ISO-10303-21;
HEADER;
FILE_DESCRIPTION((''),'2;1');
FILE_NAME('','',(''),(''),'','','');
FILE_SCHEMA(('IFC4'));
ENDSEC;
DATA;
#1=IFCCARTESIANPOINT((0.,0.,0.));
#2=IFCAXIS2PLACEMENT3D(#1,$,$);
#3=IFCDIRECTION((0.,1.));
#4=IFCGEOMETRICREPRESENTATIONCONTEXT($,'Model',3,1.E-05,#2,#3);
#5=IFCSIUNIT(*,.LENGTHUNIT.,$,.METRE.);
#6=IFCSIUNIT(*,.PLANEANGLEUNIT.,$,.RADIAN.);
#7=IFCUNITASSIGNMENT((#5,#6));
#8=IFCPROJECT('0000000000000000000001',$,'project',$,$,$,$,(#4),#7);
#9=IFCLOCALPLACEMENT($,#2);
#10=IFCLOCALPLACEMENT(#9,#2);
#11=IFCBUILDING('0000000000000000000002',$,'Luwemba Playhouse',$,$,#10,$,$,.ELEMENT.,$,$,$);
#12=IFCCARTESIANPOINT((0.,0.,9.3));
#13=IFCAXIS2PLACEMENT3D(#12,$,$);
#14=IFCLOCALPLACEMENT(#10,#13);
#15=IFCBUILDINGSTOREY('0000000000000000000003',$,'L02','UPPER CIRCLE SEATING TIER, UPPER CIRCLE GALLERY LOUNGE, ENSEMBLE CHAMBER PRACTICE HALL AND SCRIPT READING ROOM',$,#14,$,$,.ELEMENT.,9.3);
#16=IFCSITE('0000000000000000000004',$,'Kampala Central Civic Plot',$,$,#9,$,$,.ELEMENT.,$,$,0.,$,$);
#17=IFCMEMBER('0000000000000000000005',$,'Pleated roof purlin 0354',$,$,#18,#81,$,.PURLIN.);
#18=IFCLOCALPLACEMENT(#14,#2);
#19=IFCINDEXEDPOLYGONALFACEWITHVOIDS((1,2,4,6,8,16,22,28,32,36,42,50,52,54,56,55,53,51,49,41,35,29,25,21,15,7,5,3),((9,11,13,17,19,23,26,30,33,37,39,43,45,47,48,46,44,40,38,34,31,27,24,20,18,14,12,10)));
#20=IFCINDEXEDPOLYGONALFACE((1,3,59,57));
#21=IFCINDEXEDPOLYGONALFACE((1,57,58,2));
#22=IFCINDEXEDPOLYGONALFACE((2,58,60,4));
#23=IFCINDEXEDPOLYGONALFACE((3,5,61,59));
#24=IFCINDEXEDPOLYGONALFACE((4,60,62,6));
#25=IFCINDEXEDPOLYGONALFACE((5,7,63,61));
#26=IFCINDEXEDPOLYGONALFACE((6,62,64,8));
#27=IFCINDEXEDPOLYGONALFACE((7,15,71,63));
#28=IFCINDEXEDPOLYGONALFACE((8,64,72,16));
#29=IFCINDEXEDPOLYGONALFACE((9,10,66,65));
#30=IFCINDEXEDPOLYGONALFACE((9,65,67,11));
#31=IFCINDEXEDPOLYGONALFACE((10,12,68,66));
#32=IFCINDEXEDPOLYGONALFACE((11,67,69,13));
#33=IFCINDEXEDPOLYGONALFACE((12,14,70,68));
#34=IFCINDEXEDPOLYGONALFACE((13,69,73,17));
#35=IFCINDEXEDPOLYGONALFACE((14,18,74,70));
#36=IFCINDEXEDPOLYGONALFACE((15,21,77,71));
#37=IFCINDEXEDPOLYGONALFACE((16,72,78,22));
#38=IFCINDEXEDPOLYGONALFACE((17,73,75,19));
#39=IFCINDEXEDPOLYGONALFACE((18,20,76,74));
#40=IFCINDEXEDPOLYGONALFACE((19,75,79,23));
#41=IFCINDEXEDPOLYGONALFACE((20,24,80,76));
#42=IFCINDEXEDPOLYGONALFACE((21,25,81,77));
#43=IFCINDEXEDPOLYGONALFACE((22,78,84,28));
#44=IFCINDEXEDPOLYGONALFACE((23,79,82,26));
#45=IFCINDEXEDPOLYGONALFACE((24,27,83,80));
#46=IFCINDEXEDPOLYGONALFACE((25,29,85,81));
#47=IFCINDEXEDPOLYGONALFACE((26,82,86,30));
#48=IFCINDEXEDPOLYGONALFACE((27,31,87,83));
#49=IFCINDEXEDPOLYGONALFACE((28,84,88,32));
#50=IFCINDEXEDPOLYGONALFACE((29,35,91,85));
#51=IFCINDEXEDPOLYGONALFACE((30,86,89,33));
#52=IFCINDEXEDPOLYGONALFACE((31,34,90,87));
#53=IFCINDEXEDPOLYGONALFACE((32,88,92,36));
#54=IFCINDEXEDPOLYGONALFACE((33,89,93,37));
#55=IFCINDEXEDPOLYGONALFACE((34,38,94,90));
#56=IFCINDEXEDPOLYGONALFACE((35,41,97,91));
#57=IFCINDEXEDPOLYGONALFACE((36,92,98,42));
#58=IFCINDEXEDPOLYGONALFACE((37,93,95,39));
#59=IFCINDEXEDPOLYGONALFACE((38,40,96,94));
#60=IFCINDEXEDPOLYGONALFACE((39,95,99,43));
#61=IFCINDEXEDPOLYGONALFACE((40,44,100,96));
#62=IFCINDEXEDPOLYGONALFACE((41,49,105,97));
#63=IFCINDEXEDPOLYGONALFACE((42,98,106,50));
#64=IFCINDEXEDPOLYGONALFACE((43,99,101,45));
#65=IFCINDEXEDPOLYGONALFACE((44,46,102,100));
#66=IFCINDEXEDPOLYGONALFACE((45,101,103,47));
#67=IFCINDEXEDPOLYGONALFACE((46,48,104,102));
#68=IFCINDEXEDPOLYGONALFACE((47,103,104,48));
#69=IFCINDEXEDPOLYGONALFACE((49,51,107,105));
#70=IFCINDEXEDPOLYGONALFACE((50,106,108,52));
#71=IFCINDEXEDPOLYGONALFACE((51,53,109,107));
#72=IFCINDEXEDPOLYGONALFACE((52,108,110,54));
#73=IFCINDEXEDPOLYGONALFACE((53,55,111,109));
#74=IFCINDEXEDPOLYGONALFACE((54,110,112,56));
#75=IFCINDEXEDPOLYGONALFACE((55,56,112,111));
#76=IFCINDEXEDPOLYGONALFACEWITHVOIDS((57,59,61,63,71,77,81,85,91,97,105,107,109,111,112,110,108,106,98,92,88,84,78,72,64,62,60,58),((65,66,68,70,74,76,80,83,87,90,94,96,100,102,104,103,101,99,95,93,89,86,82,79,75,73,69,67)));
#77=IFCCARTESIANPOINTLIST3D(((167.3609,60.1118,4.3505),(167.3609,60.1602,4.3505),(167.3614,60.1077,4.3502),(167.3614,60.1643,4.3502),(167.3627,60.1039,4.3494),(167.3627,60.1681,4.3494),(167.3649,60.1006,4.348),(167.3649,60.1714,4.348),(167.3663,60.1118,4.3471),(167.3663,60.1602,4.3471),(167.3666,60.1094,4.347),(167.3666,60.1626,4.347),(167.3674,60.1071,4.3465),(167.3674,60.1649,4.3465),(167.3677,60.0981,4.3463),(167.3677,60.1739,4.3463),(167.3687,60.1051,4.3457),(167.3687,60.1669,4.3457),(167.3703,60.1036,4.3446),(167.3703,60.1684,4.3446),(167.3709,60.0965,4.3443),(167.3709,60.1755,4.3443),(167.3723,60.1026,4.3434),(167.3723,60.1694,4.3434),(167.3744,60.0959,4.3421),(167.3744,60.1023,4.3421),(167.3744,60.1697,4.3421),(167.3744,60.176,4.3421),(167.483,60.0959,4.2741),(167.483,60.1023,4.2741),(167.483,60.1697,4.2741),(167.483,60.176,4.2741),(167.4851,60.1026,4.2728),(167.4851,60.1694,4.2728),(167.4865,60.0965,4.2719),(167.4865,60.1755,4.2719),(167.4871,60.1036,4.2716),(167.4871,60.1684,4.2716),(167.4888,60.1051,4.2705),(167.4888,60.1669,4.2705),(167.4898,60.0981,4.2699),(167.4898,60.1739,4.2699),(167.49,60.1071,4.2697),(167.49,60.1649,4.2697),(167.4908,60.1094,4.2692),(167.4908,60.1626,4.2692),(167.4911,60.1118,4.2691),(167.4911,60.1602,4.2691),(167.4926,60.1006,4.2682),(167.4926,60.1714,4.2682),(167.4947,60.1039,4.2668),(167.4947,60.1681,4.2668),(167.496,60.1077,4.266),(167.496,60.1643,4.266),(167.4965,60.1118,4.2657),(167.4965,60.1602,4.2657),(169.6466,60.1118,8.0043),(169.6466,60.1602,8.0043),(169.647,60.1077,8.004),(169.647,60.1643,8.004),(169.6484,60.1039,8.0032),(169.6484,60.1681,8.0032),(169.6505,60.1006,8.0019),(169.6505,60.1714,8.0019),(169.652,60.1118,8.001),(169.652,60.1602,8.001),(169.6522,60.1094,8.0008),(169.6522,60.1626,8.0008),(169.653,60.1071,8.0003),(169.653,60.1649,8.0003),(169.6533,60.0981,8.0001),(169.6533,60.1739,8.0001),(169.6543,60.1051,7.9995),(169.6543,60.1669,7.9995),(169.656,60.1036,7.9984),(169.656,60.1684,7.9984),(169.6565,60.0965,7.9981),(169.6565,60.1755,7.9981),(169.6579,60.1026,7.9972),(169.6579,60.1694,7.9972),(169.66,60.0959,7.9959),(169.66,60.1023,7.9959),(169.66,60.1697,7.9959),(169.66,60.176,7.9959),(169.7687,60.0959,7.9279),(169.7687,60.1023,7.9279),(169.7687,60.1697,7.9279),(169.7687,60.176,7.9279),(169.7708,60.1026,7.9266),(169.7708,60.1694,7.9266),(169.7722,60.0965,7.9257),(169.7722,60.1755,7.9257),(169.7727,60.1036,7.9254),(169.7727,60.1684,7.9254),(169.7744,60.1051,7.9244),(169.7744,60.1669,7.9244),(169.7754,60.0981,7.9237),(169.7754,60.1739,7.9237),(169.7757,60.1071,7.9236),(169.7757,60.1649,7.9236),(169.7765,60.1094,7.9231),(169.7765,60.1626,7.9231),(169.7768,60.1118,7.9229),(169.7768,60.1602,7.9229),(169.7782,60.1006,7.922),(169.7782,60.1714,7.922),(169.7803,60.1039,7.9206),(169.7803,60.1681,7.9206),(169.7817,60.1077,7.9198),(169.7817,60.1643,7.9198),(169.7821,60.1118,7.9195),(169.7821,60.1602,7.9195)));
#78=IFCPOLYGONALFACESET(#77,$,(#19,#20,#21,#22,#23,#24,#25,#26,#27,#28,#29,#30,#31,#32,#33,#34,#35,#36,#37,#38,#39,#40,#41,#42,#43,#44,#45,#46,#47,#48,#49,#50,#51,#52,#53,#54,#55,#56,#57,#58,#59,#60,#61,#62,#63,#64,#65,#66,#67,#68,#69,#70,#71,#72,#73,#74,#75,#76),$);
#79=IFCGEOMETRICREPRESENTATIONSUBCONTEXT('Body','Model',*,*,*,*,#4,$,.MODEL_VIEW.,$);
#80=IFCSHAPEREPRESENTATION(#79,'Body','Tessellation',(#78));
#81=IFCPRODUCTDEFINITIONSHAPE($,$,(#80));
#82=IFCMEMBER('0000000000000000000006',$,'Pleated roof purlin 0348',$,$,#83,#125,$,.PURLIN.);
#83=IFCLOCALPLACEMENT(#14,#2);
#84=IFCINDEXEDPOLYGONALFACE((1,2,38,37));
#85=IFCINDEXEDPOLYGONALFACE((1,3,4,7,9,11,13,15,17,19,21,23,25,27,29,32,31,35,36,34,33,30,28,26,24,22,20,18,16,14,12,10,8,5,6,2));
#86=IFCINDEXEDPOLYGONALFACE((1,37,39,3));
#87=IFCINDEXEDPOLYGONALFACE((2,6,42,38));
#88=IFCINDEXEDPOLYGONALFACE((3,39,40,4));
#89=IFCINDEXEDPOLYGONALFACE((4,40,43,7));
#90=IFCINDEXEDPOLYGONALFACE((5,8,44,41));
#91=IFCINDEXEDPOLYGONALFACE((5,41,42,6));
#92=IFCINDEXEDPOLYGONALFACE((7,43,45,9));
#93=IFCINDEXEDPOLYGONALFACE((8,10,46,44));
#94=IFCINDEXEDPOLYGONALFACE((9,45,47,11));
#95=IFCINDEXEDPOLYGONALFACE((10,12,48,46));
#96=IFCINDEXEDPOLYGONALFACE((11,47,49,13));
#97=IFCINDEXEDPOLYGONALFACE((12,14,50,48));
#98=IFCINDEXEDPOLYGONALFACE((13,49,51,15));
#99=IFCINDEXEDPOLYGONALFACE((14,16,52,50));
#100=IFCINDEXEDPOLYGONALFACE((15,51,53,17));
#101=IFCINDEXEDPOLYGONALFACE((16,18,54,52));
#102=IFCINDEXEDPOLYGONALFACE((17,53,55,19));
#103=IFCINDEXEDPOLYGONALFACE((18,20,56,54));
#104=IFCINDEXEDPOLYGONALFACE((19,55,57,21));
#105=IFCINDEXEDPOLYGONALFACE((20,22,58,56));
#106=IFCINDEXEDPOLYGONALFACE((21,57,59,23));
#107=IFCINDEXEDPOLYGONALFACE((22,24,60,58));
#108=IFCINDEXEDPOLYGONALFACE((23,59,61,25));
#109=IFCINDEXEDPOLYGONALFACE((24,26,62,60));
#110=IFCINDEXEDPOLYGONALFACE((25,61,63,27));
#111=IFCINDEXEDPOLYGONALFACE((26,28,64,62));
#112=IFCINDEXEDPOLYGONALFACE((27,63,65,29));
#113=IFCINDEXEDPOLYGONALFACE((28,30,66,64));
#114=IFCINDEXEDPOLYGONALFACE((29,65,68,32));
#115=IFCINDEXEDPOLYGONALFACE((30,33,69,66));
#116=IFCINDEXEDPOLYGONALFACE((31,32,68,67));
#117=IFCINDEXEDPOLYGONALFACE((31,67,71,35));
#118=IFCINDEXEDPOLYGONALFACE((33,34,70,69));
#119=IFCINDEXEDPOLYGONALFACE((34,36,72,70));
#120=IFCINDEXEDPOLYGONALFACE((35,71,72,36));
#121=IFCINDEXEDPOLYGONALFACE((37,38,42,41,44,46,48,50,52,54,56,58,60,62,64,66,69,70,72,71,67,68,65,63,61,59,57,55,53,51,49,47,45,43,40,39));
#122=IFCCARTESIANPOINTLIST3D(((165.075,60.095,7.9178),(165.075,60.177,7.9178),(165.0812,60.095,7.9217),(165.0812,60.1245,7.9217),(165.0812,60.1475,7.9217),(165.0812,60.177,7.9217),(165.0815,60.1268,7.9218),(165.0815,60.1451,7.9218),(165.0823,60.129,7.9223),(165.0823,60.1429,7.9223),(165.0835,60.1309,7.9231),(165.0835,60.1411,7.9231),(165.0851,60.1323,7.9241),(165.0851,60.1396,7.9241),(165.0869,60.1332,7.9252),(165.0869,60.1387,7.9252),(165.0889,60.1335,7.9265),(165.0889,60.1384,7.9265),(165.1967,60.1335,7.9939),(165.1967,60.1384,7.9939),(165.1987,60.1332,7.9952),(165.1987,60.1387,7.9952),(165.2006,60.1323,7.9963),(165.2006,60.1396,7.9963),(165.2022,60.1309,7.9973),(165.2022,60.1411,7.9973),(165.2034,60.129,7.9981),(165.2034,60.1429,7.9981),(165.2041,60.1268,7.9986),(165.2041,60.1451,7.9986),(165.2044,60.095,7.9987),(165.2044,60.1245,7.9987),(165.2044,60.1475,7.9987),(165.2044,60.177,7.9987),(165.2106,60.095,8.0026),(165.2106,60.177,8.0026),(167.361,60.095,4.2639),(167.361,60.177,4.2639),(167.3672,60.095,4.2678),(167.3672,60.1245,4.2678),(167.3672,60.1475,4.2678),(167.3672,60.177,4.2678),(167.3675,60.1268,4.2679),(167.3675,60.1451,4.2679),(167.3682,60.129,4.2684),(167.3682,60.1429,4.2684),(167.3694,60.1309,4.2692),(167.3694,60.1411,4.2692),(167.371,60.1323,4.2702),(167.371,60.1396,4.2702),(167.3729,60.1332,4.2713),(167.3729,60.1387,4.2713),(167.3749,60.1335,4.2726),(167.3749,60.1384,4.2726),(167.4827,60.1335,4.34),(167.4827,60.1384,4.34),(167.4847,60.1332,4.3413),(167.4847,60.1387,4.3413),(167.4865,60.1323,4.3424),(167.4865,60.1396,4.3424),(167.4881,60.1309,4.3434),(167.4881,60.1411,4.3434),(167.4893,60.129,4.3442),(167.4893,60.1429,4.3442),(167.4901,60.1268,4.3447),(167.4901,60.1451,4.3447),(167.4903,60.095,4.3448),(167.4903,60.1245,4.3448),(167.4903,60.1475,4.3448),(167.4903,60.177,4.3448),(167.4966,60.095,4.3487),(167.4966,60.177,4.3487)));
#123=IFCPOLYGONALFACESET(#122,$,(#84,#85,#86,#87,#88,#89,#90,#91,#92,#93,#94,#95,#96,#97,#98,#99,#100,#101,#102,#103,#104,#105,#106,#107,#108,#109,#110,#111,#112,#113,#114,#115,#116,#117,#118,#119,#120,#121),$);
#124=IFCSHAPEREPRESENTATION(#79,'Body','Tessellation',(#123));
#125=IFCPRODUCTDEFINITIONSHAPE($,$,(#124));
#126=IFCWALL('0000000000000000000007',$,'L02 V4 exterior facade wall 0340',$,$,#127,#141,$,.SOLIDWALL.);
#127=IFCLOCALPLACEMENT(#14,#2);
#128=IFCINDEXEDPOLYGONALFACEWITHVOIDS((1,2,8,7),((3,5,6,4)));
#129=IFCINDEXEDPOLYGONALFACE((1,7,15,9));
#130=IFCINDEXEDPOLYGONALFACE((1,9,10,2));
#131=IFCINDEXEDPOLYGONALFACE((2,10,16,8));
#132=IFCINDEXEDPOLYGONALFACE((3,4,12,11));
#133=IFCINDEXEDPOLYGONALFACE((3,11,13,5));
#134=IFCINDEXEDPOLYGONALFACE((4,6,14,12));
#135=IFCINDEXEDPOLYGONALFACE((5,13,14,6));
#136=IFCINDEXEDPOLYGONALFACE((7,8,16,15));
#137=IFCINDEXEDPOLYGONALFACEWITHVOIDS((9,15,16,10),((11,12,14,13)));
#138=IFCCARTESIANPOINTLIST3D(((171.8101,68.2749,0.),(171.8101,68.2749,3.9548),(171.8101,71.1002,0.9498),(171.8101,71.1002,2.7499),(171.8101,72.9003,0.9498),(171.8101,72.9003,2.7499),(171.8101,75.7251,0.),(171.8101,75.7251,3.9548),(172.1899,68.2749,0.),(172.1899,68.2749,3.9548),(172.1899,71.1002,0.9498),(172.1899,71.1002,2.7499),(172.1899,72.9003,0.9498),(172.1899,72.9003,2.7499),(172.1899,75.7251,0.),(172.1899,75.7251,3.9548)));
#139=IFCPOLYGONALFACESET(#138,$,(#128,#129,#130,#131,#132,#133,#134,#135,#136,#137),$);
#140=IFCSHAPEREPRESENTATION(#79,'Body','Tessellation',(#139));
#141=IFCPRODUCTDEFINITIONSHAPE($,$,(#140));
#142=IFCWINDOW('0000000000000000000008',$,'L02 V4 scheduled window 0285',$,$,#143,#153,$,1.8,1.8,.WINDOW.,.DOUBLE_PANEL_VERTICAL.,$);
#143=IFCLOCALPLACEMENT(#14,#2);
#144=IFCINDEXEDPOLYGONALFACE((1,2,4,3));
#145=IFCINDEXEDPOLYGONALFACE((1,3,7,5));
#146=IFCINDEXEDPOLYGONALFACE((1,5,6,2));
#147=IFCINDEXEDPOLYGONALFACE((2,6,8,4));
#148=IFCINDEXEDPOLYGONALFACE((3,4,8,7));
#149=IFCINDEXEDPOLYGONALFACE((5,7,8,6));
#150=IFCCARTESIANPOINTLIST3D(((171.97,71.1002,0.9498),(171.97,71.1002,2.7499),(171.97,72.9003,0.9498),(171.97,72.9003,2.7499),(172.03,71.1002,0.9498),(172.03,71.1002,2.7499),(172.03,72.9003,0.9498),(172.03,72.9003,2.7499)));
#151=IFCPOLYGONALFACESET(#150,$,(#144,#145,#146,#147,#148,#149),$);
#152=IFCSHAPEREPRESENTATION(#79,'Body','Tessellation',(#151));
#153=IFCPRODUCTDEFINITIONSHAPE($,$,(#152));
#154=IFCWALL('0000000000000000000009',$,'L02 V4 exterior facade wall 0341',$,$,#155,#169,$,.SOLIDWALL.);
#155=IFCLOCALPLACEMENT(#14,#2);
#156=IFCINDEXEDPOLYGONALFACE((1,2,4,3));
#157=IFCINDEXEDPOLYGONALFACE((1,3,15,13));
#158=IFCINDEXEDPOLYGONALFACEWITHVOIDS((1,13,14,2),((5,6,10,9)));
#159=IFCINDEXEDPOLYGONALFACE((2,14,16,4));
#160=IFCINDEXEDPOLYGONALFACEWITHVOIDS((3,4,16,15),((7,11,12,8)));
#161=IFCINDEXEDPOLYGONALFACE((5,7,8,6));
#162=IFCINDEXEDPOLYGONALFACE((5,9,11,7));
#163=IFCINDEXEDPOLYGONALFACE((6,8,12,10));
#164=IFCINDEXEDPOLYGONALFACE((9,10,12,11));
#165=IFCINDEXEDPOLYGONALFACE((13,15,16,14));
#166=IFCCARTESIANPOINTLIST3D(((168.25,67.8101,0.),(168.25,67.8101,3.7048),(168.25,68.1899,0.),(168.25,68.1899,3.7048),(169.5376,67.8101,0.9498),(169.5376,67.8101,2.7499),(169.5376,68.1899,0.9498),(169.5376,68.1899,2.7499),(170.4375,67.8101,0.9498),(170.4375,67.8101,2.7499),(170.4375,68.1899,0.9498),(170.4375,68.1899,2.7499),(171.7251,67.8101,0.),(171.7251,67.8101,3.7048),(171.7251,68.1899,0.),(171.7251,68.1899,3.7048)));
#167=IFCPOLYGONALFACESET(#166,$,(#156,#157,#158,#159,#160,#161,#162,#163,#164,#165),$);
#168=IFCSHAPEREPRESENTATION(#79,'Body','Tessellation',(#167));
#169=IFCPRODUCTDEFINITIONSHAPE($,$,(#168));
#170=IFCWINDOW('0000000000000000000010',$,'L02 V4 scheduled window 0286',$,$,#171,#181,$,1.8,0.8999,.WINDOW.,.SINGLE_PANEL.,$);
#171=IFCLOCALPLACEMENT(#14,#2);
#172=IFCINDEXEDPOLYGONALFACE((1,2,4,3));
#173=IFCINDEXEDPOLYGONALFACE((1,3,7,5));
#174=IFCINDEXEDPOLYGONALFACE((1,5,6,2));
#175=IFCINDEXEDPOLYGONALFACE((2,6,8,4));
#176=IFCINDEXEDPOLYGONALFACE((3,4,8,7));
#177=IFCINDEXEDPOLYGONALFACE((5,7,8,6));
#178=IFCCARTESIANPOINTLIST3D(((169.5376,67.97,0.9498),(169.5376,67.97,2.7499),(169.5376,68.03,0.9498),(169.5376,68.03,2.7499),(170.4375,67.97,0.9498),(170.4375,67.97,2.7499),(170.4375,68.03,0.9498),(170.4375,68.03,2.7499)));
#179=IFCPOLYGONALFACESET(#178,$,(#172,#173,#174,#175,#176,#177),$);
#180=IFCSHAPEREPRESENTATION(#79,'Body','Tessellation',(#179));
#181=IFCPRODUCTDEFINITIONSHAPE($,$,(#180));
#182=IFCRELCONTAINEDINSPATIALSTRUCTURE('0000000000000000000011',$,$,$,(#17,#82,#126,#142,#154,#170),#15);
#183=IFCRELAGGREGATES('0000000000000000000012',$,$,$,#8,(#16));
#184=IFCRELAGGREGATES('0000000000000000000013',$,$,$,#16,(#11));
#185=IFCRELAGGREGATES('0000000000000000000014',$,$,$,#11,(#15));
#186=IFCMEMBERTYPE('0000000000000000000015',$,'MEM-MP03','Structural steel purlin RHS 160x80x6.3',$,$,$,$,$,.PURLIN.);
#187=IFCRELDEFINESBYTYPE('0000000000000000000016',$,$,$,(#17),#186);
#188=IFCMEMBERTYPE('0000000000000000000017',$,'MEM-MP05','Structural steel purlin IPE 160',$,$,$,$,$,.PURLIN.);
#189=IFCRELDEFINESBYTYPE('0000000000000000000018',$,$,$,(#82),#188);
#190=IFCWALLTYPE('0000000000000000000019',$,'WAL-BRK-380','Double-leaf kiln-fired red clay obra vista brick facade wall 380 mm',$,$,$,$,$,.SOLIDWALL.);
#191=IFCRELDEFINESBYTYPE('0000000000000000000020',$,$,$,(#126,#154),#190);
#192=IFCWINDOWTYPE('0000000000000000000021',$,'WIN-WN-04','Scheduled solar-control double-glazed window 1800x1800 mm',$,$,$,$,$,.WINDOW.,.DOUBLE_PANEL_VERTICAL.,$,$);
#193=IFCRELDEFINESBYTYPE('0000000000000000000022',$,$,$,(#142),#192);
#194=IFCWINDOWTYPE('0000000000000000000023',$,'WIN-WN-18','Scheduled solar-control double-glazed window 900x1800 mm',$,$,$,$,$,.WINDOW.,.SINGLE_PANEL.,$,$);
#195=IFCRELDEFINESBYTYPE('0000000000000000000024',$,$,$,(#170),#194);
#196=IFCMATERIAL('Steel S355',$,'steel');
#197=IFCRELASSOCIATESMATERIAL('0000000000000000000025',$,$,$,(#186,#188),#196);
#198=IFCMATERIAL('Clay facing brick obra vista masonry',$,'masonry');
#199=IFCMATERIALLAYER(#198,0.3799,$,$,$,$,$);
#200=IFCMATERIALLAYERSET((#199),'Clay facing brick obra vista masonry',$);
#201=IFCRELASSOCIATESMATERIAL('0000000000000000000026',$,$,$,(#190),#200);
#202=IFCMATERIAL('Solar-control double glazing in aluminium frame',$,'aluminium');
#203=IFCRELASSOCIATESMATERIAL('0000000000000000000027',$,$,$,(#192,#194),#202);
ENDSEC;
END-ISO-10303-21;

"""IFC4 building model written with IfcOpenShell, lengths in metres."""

from ifc_helpers import new_model, si_unit, direction, frame, frame_2d, origin, origin_2d, place, context, subcontext, project, spatial, rectangle, hollow_rectangle, i_section, extrude, material, layer, layer_set, material_profile, profile_set, type_object, element, fill, save


model = new_model("IFC4")

# Units and contexts
model_context = context("Model", 3, precision=1e-05, world=origin(), true_north=direction((0.0, 1.0)))
body_context = subcontext(model_context, "Body", "Model", "MODEL_VIEW")
ifc_project = project(units=[si_unit("LENGTHUNIT", "METRE"), si_unit("PLANEANGLEUNIT", "RADIAN")], contexts=[model_context])

# Site, building, storey
site_placement = place(None, origin())
site = spatial("IfcSite", under=ifc_project, at=site_placement, Name="Kampala Central Civic Plot", CompositionType="ELEMENT", RefElevation=0.0)
building_placement = place(site_placement, origin())
building = spatial("IfcBuilding", under=site, at=building_placement, Name="Luwemba Playhouse", CompositionType="ELEMENT")
storey_placement = place(building_placement, frame((0.0, 0.0, 9.3)))
storey = spatial("IfcBuildingStorey", under=building, at=storey_placement, Name="L02", Description="UPPER CIRCLE SEATING TIER, UPPER CIRCLE GALLERY LOUNGE, ENSEMBLE CHAMBER PRACTICE HALL AND SCRIPT READING ROOM", CompositionType="ELEMENT", Elevation=9.3)

# Members
ifc_material_1 = material(Name="Steel S355", Category="steel")
ifc_material_profile_1 = material_profile(ifc_material_1, hollow_rectangle(XDim=0.0801, YDim=0.1599, WallThickness=0.0063, InnerFilletRadius=0.0095, OuterFilletRadius=0.0159, at=origin_2d()))
ifc_profile_set_1 = profile_set([ifc_material_profile_1], Name="Steel S355")
member_type_1 = type_object("IfcMemberType", Name="MEM-MP03", Description="Structural steel purlin RHS 160x80x6.3", PredefinedType="PURLIN", material=ifc_profile_set_1)
member_1_placement = place(storey_placement, frame((167.4287, 60.136, 4.3081), z_axis=(0.530335, 0.0, 0.847788), x_axis=(0.0, 1.0, 0.0)))
element("IfcMember", 1, at=member_1_placement, inside=storey, type_object=member_type_1, Name="Pleated roof purlin 0354", PredefinedType="PURLIN", context=body_context, shape_type="SweptSolid", body=[
    extrude(hollow_rectangle(XDim=0.0801, YDim=0.1599, WallThickness=0.0063, InnerFilletRadius=0.0095, OuterFilletRadius=0.0159, at=origin_2d()), origin(), (0.0, 0.0, 1.0), 4.3098),
])
ifc_material_profile_2 = material_profile(ifc_material_1, i_section(OverallWidth=0.082, OverallDepth=0.1599, WebThickness=0.0049, FlangeThickness=0.0073, FilletRadius=0.009, at=origin_2d()))
ifc_profile_set_2 = profile_set([ifc_material_profile_2], Name="Steel S355")
member_type_2 = type_object("IfcMemberType", Name="MEM-MP05", Description="Structural steel purlin IPE 160", PredefinedType="PURLIN", material=ifc_profile_set_2)
member_2_placement = place(storey_placement, frame((165.1428, 60.136, 7.9602), z_axis=(0.530376, 0.0, -0.847763), x_axis=(0.0, 1.0, 0.0)))
element("IfcMember", 2, at=member_2_placement, inside=storey, type_object=member_type_2, Name="Pleated roof purlin 0348", PredefinedType="PURLIN", context=body_context, shape_type="SweptSolid", body=[
    extrude(i_section(OverallWidth=0.082, OverallDepth=0.1599, WebThickness=0.0049, FlangeThickness=0.0073, FilletRadius=0.009, at=origin_2d()), origin(), (0.0, 0.0, 1.0), 4.3101),
])

# Walls, openings, windows
ifc_material_2 = material(Name="Clay facing brick obra vista masonry", Category="masonry")
ifc_layer_1 = layer(ifc_material_2, 0.3799)
ifc_layer_set_1 = layer_set([ifc_layer_1], Name="Clay facing brick obra vista masonry")
wall_type_1 = type_object("IfcWallType", Name="WAL-BRK-380", Description="Double-leaf kiln-fired red clay obra vista brick facade wall 380 mm", PredefinedType="SOLIDWALL", material=ifc_layer_set_1)
wall_1_placement = place(storey_placement, frame((172.0, 75.7251, 0.0), z_axis=(0.0, 0.0, 1.0), x_axis=(0.0, -1.0, 0.0)))
wall_1 = element("IfcWall", 3, at=wall_1_placement, inside=storey, type_object=wall_type_1, Name="L02 V4 exterior facade wall 0340", PredefinedType="SOLIDWALL", context=body_context, shape_type="SweptSolid", body=[
    extrude(rectangle(XDim=7.4502, YDim=0.3799, at=frame_2d((3.7251, 0.0))), origin(), (0.0, 0.0, 1.0), 3.9548),
])
opening_1_placement = place(wall_1_placement, frame((2.825, 0.0, 0.95)))
opening_1 = element("IfcOpeningElement", 4, at=opening_1_placement, cuts=wall_1, PredefinedType="OPENING", context=body_context, shape_type="SweptSolid", body=[
    extrude(rectangle(XDim=1.8, YDim=1.8, at=frame_2d((0.8999, 0.8999))), frame((0.0, 0.2, 0.0), z_axis=(0.0, -1.0, 0.0), x_axis=(1.0, 0.0, 0.0)), (0.0, 0.0, 1.0), 0.3999),
])
ifc_material_3 = material(Name="Solar-control double glazing in aluminium frame", Category="aluminium")
window_type_1 = type_object("IfcWindowType", Name="WIN-WN-04", Description="Scheduled solar-control double-glazed window 1800x1800 mm", PartitioningType="DOUBLE_PANEL_VERTICAL", PredefinedType="WINDOW", material=ifc_material_3)
window_1_placement = place(opening_1_placement, origin())
window_1 = element("IfcWindow", 5, at=window_1_placement, inside=storey, type_object=window_type_1, Name="L02 V4 scheduled window 0285", OverallHeight=1.8, OverallWidth=1.8, PartitioningType="DOUBLE_PANEL_VERTICAL", PredefinedType="WINDOW", context=body_context, shape_type="SweptSolid", body=[
    extrude(rectangle(XDim=1.8, YDim=1.8, at=frame_2d((0.8999, 0.8999))), frame((0.0, 0.03, 0.0), z_axis=(0.0, -1.0, 0.0), x_axis=(1.0, 0.0, 0.0)), (0.0, 0.0, 1.0), 0.0601),
])
fill(opening_1, window_1)
wall_2_placement = place(storey_placement, frame((171.7251, 68.0, 0.0), z_axis=(0.0, 0.0, 1.0), x_axis=(-1.0, 0.0, 0.0)))
wall_2 = element("IfcWall", 6, at=wall_2_placement, inside=storey, type_object=wall_type_1, Name="L02 V4 exterior facade wall 0341", PredefinedType="SOLIDWALL", context=body_context, shape_type="SweptSolid", body=[
    extrude(rectangle(XDim=3.4751, YDim=0.3799, at=frame_2d((1.7375, 0.0))), origin(), (0.0, 0.0, 1.0), 3.7048),
])
opening_2_placement = place(wall_2_placement, frame((1.2876, 0.0, 0.95)))
opening_2 = element("IfcOpeningElement", 7, at=opening_2_placement, cuts=wall_2, PredefinedType="OPENING", context=body_context, shape_type="SweptSolid", body=[
    extrude(rectangle(XDim=0.8999, YDim=1.8, at=frame_2d((0.45, 0.8999))), frame((0.0, 0.2, 0.0), z_axis=(0.0, -1.0, 0.0), x_axis=(1.0, 0.0, 0.0)), (0.0, 0.0, 1.0), 0.3999),
])
window_type_2 = type_object("IfcWindowType", Name="WIN-WN-18", Description="Scheduled solar-control double-glazed window 900x1800 mm", PartitioningType="SINGLE_PANEL", PredefinedType="WINDOW", material=ifc_material_3)
window_2_placement = place(opening_2_placement, origin())
window_2 = element("IfcWindow", 8, at=window_2_placement, inside=storey, type_object=window_type_2, Name="L02 V4 scheduled window 0286", OverallHeight=1.8, OverallWidth=0.8999, PartitioningType="SINGLE_PANEL", PredefinedType="WINDOW", context=body_context, shape_type="SweptSolid", body=[
    extrude(rectangle(XDim=0.8999, YDim=1.8, at=frame_2d((0.45, 0.8999))), frame((0.0, 0.03, 0.0), z_axis=(0.0, -1.0, 0.0), x_axis=(1.0, 0.0, 0.0)), (0.0, 0.0, 1.0), 0.0601),
])
fill(opening_2, window_2)

save(model, "model.ifc")
